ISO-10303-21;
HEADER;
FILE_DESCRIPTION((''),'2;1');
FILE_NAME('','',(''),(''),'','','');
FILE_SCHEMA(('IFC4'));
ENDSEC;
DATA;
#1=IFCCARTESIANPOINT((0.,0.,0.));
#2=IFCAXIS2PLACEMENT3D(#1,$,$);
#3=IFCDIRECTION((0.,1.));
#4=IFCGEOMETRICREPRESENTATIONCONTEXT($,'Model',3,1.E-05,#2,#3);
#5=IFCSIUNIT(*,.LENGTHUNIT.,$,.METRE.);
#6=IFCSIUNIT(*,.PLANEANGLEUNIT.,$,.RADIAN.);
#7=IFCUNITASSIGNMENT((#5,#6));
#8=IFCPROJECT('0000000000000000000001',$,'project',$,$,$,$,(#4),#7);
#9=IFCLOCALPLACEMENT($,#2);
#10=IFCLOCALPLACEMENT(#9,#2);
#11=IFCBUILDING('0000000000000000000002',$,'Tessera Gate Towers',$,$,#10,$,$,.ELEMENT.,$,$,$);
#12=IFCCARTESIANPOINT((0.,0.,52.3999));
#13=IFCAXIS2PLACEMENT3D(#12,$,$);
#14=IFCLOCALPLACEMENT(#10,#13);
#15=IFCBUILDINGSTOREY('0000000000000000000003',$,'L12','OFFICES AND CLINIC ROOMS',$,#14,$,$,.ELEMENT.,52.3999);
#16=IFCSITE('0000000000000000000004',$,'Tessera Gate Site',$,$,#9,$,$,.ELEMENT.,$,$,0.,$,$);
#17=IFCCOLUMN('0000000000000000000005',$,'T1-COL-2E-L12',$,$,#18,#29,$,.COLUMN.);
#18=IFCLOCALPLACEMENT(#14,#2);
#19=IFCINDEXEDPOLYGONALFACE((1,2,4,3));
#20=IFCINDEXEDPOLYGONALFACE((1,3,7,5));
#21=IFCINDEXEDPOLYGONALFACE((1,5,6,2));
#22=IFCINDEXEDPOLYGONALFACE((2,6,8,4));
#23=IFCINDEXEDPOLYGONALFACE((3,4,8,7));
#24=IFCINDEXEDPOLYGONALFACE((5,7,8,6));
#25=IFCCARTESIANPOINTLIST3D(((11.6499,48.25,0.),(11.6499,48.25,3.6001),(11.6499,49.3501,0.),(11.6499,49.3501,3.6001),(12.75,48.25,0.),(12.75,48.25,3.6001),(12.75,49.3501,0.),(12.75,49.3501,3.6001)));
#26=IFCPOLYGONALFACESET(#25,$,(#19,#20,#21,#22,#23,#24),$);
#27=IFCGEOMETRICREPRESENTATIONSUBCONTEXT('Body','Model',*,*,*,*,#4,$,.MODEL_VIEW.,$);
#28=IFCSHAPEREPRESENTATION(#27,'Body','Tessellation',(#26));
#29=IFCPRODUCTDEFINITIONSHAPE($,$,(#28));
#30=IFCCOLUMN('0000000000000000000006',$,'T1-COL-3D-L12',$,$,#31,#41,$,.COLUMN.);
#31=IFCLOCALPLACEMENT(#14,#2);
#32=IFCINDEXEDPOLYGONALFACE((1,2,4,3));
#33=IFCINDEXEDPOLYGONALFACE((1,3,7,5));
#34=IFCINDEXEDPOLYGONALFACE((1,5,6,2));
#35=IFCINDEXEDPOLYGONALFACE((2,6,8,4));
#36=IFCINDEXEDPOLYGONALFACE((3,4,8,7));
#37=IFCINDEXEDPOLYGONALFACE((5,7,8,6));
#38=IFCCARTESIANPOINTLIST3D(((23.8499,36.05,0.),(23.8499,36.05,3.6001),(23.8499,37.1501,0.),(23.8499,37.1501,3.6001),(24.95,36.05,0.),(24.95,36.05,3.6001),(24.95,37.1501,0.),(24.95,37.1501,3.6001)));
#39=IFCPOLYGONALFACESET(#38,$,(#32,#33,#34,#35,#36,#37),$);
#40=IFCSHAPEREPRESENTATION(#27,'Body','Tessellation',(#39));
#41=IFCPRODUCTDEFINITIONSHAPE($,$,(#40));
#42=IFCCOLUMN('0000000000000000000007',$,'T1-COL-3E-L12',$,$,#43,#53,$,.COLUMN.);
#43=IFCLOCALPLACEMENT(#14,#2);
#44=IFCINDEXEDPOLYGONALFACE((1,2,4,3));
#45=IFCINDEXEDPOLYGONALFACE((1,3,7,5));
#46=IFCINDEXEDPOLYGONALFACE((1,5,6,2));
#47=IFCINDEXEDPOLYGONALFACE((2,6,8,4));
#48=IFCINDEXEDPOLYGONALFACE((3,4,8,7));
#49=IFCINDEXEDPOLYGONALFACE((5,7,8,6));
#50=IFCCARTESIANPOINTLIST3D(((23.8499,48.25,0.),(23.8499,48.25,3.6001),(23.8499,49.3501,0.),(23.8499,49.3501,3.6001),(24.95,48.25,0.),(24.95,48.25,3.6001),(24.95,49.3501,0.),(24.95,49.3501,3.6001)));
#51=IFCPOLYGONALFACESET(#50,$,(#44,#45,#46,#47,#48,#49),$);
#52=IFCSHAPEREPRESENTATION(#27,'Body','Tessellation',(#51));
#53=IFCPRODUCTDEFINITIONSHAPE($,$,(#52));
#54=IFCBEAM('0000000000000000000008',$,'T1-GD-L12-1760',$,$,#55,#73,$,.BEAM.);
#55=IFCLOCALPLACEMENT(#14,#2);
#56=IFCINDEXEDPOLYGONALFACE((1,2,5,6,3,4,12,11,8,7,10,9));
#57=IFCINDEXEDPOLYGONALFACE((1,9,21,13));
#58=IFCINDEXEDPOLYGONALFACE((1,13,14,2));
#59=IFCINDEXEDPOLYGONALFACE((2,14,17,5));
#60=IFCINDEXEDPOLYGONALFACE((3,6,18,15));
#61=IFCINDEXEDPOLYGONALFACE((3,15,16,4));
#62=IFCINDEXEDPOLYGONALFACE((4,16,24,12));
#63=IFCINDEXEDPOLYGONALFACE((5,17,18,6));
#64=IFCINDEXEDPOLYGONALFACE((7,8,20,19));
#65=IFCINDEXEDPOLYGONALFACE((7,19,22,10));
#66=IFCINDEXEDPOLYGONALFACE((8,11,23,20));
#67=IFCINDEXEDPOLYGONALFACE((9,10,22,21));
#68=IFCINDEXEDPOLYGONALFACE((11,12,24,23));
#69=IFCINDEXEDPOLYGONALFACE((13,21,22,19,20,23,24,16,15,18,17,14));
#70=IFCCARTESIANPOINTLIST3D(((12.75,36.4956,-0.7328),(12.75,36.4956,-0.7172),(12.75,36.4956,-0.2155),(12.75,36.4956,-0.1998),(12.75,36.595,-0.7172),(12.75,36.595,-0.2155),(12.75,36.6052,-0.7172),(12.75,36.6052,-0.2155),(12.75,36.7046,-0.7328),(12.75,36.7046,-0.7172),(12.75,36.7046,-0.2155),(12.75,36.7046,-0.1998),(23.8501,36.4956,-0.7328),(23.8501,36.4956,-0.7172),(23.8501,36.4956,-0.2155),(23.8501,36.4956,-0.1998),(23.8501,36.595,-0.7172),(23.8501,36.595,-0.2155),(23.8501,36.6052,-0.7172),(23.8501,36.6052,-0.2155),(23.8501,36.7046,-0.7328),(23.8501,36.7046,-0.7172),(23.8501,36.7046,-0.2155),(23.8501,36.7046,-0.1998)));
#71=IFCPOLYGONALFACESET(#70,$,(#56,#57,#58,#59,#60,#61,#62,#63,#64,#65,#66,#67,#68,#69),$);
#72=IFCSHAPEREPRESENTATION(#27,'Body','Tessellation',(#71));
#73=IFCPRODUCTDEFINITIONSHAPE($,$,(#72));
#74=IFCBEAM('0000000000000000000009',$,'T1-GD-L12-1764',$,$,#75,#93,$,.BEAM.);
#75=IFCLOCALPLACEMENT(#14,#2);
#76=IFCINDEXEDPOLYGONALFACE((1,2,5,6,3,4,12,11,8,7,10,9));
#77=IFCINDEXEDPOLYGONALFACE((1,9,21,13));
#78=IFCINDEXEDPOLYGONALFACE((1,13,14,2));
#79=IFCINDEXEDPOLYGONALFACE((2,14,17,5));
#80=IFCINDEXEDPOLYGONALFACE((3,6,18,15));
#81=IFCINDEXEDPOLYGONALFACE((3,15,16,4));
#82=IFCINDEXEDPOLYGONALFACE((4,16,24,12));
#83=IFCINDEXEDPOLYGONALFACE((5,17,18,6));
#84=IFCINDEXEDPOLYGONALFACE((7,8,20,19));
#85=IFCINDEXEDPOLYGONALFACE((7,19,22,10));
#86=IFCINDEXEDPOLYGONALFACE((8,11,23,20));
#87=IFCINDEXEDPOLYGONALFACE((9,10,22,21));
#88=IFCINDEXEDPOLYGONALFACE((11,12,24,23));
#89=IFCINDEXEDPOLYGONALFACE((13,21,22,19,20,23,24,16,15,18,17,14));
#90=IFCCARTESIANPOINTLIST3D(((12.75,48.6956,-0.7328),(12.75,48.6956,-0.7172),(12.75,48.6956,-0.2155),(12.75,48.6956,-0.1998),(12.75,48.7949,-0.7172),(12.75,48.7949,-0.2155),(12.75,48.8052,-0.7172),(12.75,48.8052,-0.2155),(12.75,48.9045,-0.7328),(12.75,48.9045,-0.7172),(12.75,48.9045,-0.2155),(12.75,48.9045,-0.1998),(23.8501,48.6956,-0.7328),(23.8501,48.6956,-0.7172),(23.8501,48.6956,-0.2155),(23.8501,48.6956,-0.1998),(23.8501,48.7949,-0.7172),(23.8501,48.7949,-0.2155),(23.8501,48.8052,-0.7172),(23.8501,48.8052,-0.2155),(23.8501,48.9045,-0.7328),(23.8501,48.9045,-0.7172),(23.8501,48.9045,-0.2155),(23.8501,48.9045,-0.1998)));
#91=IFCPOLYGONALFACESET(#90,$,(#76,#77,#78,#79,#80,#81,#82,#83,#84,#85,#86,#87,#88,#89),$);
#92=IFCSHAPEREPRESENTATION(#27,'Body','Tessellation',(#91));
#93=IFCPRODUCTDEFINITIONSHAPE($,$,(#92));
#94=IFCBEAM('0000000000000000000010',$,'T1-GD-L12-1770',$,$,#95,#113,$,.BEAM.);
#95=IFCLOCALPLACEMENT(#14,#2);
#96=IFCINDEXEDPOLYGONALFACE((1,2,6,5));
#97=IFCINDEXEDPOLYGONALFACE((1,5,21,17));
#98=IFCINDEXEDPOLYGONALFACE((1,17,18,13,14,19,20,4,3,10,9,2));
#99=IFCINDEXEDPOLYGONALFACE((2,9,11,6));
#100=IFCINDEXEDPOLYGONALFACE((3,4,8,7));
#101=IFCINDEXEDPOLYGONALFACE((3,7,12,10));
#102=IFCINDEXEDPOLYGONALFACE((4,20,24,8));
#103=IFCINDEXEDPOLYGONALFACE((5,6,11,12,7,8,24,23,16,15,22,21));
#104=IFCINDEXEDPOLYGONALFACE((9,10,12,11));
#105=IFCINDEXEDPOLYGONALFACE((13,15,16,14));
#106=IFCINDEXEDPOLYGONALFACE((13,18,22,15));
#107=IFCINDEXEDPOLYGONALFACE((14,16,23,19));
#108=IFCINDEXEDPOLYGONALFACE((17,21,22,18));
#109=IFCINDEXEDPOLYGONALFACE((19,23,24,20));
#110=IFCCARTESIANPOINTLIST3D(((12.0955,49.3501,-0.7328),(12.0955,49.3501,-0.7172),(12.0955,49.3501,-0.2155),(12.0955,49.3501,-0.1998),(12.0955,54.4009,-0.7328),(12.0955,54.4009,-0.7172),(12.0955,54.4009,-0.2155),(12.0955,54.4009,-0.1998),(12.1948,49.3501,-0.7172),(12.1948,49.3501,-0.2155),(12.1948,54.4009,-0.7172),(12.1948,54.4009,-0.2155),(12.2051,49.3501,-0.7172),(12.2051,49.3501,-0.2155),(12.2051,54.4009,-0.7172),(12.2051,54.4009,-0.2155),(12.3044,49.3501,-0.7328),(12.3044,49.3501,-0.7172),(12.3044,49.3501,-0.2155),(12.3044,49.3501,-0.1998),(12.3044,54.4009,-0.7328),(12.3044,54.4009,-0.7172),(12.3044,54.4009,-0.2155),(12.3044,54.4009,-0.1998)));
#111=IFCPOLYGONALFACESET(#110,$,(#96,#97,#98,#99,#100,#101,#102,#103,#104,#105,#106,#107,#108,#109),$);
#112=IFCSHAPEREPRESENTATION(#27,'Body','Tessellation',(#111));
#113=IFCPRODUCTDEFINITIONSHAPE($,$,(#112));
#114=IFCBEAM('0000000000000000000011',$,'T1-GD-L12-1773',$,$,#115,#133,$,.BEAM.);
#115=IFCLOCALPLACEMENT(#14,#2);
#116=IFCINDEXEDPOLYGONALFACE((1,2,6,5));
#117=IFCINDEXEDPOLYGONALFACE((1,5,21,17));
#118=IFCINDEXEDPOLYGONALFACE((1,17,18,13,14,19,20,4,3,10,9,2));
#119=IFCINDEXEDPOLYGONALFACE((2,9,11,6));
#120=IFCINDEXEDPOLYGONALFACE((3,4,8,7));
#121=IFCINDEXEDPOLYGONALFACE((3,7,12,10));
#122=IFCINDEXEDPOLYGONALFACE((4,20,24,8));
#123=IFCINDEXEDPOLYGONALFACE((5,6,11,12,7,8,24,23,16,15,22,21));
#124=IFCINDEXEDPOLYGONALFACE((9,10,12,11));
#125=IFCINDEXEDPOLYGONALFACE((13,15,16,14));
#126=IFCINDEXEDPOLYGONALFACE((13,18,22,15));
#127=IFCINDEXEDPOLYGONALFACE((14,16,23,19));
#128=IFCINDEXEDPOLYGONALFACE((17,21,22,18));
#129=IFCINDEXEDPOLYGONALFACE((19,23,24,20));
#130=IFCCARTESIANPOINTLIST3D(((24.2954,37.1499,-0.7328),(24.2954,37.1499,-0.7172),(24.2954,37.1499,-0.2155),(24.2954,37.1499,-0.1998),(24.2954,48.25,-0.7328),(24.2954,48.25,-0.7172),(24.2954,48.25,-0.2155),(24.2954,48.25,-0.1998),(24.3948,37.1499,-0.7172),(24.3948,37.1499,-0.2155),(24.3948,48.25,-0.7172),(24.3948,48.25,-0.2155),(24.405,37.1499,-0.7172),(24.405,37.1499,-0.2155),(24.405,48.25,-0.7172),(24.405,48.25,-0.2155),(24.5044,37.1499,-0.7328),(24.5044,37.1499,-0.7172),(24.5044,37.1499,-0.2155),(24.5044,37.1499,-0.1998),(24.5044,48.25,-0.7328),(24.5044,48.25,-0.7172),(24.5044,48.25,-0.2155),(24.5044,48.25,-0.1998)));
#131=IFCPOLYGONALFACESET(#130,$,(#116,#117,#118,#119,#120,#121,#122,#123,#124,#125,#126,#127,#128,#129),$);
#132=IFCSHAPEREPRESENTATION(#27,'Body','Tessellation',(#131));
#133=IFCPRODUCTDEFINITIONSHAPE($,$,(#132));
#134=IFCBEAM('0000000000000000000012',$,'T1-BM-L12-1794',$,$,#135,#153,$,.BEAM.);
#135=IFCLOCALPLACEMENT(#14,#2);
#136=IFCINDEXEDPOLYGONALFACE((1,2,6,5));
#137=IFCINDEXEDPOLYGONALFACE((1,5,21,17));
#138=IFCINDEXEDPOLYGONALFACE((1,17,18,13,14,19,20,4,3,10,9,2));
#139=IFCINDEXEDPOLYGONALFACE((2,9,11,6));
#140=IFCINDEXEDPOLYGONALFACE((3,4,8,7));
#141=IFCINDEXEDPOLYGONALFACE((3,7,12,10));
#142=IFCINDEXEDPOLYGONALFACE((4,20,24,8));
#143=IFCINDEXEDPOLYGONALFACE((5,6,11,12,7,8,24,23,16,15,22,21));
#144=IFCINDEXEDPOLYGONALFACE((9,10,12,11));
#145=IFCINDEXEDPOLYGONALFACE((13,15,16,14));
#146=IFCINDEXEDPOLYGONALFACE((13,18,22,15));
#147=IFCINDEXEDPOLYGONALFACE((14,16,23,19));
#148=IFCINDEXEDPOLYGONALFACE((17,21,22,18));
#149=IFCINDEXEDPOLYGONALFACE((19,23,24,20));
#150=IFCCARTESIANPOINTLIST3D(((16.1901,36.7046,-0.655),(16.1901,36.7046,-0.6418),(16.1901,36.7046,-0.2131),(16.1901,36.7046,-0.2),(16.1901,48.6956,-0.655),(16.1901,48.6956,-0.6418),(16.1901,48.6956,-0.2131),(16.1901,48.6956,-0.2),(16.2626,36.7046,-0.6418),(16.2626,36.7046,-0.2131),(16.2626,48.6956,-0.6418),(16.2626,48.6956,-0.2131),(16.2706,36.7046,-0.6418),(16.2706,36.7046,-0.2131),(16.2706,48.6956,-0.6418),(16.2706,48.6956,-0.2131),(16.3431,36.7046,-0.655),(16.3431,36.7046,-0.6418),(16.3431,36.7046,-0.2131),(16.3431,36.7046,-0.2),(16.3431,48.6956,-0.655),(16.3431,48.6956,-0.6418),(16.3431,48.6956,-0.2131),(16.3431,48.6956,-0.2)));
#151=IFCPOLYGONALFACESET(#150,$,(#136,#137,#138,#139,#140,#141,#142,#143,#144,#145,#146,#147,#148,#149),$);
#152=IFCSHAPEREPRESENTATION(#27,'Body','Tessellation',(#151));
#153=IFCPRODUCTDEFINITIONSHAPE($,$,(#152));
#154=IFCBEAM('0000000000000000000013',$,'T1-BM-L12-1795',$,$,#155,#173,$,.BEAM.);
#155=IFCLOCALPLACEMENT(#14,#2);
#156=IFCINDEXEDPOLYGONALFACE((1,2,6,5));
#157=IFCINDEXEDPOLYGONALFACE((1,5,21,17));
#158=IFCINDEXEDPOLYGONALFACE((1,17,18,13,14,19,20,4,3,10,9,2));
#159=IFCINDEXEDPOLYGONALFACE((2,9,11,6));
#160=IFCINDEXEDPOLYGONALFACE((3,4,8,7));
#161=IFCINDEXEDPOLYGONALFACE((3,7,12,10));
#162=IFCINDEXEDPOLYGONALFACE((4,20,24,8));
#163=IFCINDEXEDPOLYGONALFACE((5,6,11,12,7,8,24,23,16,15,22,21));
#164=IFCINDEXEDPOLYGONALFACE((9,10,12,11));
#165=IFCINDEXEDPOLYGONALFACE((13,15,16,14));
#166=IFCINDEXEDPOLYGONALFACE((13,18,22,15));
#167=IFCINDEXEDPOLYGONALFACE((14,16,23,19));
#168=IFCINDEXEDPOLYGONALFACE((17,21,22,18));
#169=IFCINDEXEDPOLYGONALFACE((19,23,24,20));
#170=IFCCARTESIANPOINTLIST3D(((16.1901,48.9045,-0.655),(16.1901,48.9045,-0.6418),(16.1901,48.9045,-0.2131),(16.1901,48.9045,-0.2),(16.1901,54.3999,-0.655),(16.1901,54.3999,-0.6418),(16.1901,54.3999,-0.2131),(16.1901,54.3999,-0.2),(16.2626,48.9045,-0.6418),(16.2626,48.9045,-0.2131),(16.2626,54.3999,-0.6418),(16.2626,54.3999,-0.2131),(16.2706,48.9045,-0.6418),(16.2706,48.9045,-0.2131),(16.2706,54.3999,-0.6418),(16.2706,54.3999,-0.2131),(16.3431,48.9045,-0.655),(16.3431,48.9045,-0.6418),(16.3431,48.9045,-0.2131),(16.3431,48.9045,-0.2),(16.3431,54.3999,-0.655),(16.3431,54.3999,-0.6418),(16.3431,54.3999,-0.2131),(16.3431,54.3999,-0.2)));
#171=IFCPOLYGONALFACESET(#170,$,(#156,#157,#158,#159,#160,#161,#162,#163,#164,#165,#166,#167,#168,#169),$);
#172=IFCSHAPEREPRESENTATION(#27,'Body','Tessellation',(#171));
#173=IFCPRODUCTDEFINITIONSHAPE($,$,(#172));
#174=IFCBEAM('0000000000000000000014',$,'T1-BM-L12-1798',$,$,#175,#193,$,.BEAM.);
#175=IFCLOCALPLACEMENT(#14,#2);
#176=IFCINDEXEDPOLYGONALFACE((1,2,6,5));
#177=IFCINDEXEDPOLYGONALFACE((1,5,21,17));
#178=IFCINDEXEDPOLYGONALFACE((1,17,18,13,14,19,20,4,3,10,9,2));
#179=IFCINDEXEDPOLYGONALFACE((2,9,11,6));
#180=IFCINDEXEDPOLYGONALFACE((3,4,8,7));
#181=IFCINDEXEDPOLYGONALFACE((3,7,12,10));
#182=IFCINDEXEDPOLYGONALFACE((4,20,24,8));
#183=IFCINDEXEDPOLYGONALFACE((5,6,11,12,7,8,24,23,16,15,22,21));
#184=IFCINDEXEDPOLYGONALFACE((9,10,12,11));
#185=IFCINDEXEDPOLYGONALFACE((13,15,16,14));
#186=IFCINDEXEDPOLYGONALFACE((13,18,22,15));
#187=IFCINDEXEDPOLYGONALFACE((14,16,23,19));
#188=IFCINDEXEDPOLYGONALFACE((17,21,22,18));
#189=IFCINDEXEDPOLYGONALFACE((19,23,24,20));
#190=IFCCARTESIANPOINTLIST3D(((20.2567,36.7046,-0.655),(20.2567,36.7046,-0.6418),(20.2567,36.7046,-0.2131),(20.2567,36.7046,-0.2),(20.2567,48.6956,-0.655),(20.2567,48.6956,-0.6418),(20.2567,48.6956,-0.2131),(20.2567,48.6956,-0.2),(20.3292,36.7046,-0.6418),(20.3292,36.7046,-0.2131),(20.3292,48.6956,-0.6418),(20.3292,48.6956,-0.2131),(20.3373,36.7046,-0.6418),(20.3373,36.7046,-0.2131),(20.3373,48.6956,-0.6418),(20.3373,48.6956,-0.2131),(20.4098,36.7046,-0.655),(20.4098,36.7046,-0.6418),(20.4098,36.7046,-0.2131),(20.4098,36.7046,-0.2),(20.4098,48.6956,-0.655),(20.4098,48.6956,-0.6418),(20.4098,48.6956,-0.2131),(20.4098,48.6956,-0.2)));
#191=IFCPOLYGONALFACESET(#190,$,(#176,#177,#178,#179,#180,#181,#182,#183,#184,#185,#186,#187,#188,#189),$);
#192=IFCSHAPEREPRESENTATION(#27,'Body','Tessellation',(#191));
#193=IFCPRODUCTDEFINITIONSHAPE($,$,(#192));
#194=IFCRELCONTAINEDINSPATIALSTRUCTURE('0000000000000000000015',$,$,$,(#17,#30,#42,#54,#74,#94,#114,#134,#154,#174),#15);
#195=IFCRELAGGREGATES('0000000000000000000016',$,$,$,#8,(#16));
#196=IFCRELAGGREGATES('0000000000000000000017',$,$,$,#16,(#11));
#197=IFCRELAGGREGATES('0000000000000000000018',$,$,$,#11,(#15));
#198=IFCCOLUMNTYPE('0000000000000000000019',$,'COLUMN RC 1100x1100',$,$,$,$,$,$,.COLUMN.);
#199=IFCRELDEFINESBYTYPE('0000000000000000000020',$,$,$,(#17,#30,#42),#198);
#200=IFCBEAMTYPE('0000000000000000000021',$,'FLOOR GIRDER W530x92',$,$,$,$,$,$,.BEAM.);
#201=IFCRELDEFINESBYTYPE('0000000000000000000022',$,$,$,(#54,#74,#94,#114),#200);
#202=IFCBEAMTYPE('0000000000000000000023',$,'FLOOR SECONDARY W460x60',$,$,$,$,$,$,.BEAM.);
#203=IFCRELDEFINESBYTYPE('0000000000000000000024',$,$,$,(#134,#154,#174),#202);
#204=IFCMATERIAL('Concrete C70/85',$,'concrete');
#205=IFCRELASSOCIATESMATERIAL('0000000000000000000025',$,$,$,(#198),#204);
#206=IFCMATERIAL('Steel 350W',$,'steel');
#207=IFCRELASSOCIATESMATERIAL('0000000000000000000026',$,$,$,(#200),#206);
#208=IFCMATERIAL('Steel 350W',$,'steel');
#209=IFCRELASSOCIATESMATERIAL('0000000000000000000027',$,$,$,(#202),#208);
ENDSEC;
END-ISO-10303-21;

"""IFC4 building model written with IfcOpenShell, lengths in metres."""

from ifc_helpers import new_model, si_unit, direction, frame, origin, origin_2d, place, context, subcontext, project, spatial, rectangle, i_section, extrude, material, material_profile, profile_set, type_object, element, save


model = new_model("IFC4")

# Units and contexts
model_context = context("Model", 3, precision=1e-05, world=origin(), true_north=direction((0.0, 1.0)))
body_context = subcontext(model_context, "Body", "Model", "MODEL_VIEW")
ifc_project = project(units=[si_unit("LENGTHUNIT", "METRE"), si_unit("PLANEANGLEUNIT", "RADIAN")], contexts=[model_context])

# Site, building, storey
site_placement = place(None, origin())
site = spatial("IfcSite", under=ifc_project, at=site_placement, Name="Tessera Gate Site", CompositionType="ELEMENT", RefElevation=0.0)
building_placement = place(site_placement, origin())
building = spatial("IfcBuilding", under=site, at=building_placement, Name="Tessera Gate Towers", CompositionType="ELEMENT")
storey_placement = place(building_placement, frame((0.0, 0.0, 52.3999)))
storey = spatial("IfcBuildingStorey", under=building, at=storey_placement, Name="L12", Description="OFFICES AND CLINIC ROOMS", CompositionType="ELEMENT", Elevation=52.3999)

# Columns
ifc_material_1 = material(Name="Concrete C70/85", Category="concrete")
ifc_material_profile_1 = material_profile(ifc_material_1, rectangle(XDim=1.1001, YDim=1.1001, at=origin_2d()), Name="RC 1100x1100")
ifc_profile_set_1 = profile_set([ifc_material_profile_1], Name="Concrete C70/85")
column_type = type_object("IfcColumnType", Name="COLUMN RC 1100x1100", PredefinedType="COLUMN", material=ifc_profile_set_1)
for number, where, z_axis, x_axis, name in (
    (1, (12.2, 48.8, 0.0), (0.0, 0.0, 1.0), (1.0, 0.0, 0.0), "T1-COL-2E-L12"),
    (2, (24.3999, 36.6001, 0.0), (0.0, 0.0, 1.0), (1.0, 0.0, 0.0), "T1-COL-3D-L12"),
    (3, (24.3999, 48.8, 0.0), (0.0, 0.0, 1.0), (1.0, 0.0, 0.0), "T1-COL-3E-L12"),
):
    element("IfcColumn", number, at=place(storey_placement, frame(where, z_axis=z_axis, x_axis=x_axis)), inside=storey, type_object=column_type, Name=name, PredefinedType="COLUMN", context=body_context, shape_type="SweptSolid", body=[
        extrude(rectangle(XDim=1.1001, YDim=1.1001, at=origin_2d()), origin(), (0.0, 0.0, 1.0), 3.6001),
    ])

# Beams
ifc_material_2 = material(Name="Steel 350W", Category="steel")
ifc_material_profile_2 = material_profile(ifc_material_2, i_section(OverallWidth=0.209, OverallDepth=0.533, WebThickness=0.0103, FlangeThickness=0.0156, at=origin_2d()), Name="W530x92")
ifc_profile_set_2 = profile_set([ifc_material_profile_2], Name="Steel 350W")
beam_type_1 = type_object("IfcBeamType", Name="FLOOR GIRDER W530x92", PredefinedType="BEAM", material=ifc_profile_set_2)
for number, where, z_axis, x_axis, name in (
    (4, (12.75, 36.6001, -0.4663), (1.0, 0.0, 0.0), (0.0, 1.0, 0.0), "T1-GD-L12-1760"),
    (5, (12.75, 48.8, -0.4663), (1.0, 0.0, 0.0), (0.0, 1.0, 0.0), "T1-GD-L12-1764"),
):
    element("IfcBeam", number, at=place(storey_placement, frame(where, z_axis=z_axis, x_axis=x_axis)), inside=storey, type_object=beam_type_1, Name=name, PredefinedType="BEAM", context=body_context, shape_type="SweptSolid", body=[
        extrude(i_section(OverallWidth=0.209, OverallDepth=0.533, WebThickness=0.0103, FlangeThickness=0.0156, at=origin_2d()), origin(), (0.0, 0.0, 1.0), 11.1001),
    ])
beam_1_placement = place(storey_placement, frame((12.2, 49.3501, -0.4663), z_axis=(0.0, 1.0, 0.0), x_axis=(-1.0, 0.0, 0.0)))
element("IfcBeam", 6, at=beam_1_placement, inside=storey, type_object=beam_type_1, Name="T1-GD-L12-1770", PredefinedType="BEAM", context=body_context, shape_type="SweptSolid", body=[
    extrude(i_section(OverallWidth=0.209, OverallDepth=0.533, WebThickness=0.0103, FlangeThickness=0.0156, at=origin_2d()), origin(), (0.0, 0.0, 1.0), 5.0508),
])
beam_2_placement = place(storey_placement, frame((24.3999, 37.1499, -0.4663), z_axis=(0.0, 1.0, 0.0), x_axis=(-1.0, 0.0, 0.0)))
element("IfcBeam", 7, at=beam_2_placement, inside=storey, type_object=beam_type_1, Name="T1-GD-L12-1773", PredefinedType="BEAM", context=body_context, shape_type="SweptSolid", body=[
    extrude(i_section(OverallWidth=0.209, OverallDepth=0.533, WebThickness=0.0103, FlangeThickness=0.0156, at=origin_2d()), origin(), (0.0, 0.0, 1.0), 11.1001),
])
ifc_material_3 = material(Name="Steel 350W", Category="steel")
ifc_material_profile_3 = material_profile(ifc_material_3, i_section(OverallWidth=0.1531, OverallDepth=0.4551, WebThickness=0.0081, FlangeThickness=0.0132, at=origin_2d()), Name="W460x60")
ifc_profile_set_3 = profile_set([ifc_material_profile_3], Name="Steel 350W")
beam_type_2 = type_object("IfcBeamType", Name="FLOOR SECONDARY W460x60", PredefinedType="BEAM", material=ifc_profile_set_3)
beam_3_placement = place(storey_placement, frame((16.2666, 36.7046, -0.4275), z_axis=(0.0, 1.0, 0.0), x_axis=(-1.0, 0.0, 0.0)))
element("IfcBeam", 8, at=beam_3_placement, inside=storey, type_object=beam_type_2, Name="T1-BM-L12-1794", PredefinedType="BEAM", context=body_context, shape_type="SweptSolid", body=[
    extrude(i_section(OverallWidth=0.1531, OverallDepth=0.4551, WebThickness=0.0081, FlangeThickness=0.0132, at=origin_2d()), origin(), (0.0, 0.0, 1.0), 11.991),
])
beam_4_placement = place(storey_placement, frame((16.2666, 48.9045, -0.4275), z_axis=(0.0, 1.0, 0.0), x_axis=(-1.0, 0.0, 0.0)))
element("IfcBeam", 9, at=beam_4_placement, inside=storey, type_object=beam_type_2, Name="T1-BM-L12-1795", PredefinedType="BEAM", context=body_context, shape_type="SweptSolid", body=[
    extrude(i_section(OverallWidth=0.1531, OverallDepth=0.4551, WebThickness=0.0081, FlangeThickness=0.0132, at=origin_2d()), origin(), (0.0, 0.0, 1.0), 5.4954),
])
beam_5_placement = place(storey_placement, frame((20.3333, 36.7046, -0.4275), z_axis=(0.0, 1.0, 0.0), x_axis=(-1.0, 0.0, 0.0)))
element("IfcBeam", 10, at=beam_5_placement, inside=storey, type_object=beam_type_2, Name="T1-BM-L12-1798", PredefinedType="BEAM", context=body_context, shape_type="SweptSolid", body=[
    extrude(i_section(OverallWidth=0.1531, OverallDepth=0.4551, WebThickness=0.0081, FlangeThickness=0.0132, at=origin_2d()), origin(), (0.0, 0.0, 1.0), 11.991),
])

save(model, "model.ifc")
